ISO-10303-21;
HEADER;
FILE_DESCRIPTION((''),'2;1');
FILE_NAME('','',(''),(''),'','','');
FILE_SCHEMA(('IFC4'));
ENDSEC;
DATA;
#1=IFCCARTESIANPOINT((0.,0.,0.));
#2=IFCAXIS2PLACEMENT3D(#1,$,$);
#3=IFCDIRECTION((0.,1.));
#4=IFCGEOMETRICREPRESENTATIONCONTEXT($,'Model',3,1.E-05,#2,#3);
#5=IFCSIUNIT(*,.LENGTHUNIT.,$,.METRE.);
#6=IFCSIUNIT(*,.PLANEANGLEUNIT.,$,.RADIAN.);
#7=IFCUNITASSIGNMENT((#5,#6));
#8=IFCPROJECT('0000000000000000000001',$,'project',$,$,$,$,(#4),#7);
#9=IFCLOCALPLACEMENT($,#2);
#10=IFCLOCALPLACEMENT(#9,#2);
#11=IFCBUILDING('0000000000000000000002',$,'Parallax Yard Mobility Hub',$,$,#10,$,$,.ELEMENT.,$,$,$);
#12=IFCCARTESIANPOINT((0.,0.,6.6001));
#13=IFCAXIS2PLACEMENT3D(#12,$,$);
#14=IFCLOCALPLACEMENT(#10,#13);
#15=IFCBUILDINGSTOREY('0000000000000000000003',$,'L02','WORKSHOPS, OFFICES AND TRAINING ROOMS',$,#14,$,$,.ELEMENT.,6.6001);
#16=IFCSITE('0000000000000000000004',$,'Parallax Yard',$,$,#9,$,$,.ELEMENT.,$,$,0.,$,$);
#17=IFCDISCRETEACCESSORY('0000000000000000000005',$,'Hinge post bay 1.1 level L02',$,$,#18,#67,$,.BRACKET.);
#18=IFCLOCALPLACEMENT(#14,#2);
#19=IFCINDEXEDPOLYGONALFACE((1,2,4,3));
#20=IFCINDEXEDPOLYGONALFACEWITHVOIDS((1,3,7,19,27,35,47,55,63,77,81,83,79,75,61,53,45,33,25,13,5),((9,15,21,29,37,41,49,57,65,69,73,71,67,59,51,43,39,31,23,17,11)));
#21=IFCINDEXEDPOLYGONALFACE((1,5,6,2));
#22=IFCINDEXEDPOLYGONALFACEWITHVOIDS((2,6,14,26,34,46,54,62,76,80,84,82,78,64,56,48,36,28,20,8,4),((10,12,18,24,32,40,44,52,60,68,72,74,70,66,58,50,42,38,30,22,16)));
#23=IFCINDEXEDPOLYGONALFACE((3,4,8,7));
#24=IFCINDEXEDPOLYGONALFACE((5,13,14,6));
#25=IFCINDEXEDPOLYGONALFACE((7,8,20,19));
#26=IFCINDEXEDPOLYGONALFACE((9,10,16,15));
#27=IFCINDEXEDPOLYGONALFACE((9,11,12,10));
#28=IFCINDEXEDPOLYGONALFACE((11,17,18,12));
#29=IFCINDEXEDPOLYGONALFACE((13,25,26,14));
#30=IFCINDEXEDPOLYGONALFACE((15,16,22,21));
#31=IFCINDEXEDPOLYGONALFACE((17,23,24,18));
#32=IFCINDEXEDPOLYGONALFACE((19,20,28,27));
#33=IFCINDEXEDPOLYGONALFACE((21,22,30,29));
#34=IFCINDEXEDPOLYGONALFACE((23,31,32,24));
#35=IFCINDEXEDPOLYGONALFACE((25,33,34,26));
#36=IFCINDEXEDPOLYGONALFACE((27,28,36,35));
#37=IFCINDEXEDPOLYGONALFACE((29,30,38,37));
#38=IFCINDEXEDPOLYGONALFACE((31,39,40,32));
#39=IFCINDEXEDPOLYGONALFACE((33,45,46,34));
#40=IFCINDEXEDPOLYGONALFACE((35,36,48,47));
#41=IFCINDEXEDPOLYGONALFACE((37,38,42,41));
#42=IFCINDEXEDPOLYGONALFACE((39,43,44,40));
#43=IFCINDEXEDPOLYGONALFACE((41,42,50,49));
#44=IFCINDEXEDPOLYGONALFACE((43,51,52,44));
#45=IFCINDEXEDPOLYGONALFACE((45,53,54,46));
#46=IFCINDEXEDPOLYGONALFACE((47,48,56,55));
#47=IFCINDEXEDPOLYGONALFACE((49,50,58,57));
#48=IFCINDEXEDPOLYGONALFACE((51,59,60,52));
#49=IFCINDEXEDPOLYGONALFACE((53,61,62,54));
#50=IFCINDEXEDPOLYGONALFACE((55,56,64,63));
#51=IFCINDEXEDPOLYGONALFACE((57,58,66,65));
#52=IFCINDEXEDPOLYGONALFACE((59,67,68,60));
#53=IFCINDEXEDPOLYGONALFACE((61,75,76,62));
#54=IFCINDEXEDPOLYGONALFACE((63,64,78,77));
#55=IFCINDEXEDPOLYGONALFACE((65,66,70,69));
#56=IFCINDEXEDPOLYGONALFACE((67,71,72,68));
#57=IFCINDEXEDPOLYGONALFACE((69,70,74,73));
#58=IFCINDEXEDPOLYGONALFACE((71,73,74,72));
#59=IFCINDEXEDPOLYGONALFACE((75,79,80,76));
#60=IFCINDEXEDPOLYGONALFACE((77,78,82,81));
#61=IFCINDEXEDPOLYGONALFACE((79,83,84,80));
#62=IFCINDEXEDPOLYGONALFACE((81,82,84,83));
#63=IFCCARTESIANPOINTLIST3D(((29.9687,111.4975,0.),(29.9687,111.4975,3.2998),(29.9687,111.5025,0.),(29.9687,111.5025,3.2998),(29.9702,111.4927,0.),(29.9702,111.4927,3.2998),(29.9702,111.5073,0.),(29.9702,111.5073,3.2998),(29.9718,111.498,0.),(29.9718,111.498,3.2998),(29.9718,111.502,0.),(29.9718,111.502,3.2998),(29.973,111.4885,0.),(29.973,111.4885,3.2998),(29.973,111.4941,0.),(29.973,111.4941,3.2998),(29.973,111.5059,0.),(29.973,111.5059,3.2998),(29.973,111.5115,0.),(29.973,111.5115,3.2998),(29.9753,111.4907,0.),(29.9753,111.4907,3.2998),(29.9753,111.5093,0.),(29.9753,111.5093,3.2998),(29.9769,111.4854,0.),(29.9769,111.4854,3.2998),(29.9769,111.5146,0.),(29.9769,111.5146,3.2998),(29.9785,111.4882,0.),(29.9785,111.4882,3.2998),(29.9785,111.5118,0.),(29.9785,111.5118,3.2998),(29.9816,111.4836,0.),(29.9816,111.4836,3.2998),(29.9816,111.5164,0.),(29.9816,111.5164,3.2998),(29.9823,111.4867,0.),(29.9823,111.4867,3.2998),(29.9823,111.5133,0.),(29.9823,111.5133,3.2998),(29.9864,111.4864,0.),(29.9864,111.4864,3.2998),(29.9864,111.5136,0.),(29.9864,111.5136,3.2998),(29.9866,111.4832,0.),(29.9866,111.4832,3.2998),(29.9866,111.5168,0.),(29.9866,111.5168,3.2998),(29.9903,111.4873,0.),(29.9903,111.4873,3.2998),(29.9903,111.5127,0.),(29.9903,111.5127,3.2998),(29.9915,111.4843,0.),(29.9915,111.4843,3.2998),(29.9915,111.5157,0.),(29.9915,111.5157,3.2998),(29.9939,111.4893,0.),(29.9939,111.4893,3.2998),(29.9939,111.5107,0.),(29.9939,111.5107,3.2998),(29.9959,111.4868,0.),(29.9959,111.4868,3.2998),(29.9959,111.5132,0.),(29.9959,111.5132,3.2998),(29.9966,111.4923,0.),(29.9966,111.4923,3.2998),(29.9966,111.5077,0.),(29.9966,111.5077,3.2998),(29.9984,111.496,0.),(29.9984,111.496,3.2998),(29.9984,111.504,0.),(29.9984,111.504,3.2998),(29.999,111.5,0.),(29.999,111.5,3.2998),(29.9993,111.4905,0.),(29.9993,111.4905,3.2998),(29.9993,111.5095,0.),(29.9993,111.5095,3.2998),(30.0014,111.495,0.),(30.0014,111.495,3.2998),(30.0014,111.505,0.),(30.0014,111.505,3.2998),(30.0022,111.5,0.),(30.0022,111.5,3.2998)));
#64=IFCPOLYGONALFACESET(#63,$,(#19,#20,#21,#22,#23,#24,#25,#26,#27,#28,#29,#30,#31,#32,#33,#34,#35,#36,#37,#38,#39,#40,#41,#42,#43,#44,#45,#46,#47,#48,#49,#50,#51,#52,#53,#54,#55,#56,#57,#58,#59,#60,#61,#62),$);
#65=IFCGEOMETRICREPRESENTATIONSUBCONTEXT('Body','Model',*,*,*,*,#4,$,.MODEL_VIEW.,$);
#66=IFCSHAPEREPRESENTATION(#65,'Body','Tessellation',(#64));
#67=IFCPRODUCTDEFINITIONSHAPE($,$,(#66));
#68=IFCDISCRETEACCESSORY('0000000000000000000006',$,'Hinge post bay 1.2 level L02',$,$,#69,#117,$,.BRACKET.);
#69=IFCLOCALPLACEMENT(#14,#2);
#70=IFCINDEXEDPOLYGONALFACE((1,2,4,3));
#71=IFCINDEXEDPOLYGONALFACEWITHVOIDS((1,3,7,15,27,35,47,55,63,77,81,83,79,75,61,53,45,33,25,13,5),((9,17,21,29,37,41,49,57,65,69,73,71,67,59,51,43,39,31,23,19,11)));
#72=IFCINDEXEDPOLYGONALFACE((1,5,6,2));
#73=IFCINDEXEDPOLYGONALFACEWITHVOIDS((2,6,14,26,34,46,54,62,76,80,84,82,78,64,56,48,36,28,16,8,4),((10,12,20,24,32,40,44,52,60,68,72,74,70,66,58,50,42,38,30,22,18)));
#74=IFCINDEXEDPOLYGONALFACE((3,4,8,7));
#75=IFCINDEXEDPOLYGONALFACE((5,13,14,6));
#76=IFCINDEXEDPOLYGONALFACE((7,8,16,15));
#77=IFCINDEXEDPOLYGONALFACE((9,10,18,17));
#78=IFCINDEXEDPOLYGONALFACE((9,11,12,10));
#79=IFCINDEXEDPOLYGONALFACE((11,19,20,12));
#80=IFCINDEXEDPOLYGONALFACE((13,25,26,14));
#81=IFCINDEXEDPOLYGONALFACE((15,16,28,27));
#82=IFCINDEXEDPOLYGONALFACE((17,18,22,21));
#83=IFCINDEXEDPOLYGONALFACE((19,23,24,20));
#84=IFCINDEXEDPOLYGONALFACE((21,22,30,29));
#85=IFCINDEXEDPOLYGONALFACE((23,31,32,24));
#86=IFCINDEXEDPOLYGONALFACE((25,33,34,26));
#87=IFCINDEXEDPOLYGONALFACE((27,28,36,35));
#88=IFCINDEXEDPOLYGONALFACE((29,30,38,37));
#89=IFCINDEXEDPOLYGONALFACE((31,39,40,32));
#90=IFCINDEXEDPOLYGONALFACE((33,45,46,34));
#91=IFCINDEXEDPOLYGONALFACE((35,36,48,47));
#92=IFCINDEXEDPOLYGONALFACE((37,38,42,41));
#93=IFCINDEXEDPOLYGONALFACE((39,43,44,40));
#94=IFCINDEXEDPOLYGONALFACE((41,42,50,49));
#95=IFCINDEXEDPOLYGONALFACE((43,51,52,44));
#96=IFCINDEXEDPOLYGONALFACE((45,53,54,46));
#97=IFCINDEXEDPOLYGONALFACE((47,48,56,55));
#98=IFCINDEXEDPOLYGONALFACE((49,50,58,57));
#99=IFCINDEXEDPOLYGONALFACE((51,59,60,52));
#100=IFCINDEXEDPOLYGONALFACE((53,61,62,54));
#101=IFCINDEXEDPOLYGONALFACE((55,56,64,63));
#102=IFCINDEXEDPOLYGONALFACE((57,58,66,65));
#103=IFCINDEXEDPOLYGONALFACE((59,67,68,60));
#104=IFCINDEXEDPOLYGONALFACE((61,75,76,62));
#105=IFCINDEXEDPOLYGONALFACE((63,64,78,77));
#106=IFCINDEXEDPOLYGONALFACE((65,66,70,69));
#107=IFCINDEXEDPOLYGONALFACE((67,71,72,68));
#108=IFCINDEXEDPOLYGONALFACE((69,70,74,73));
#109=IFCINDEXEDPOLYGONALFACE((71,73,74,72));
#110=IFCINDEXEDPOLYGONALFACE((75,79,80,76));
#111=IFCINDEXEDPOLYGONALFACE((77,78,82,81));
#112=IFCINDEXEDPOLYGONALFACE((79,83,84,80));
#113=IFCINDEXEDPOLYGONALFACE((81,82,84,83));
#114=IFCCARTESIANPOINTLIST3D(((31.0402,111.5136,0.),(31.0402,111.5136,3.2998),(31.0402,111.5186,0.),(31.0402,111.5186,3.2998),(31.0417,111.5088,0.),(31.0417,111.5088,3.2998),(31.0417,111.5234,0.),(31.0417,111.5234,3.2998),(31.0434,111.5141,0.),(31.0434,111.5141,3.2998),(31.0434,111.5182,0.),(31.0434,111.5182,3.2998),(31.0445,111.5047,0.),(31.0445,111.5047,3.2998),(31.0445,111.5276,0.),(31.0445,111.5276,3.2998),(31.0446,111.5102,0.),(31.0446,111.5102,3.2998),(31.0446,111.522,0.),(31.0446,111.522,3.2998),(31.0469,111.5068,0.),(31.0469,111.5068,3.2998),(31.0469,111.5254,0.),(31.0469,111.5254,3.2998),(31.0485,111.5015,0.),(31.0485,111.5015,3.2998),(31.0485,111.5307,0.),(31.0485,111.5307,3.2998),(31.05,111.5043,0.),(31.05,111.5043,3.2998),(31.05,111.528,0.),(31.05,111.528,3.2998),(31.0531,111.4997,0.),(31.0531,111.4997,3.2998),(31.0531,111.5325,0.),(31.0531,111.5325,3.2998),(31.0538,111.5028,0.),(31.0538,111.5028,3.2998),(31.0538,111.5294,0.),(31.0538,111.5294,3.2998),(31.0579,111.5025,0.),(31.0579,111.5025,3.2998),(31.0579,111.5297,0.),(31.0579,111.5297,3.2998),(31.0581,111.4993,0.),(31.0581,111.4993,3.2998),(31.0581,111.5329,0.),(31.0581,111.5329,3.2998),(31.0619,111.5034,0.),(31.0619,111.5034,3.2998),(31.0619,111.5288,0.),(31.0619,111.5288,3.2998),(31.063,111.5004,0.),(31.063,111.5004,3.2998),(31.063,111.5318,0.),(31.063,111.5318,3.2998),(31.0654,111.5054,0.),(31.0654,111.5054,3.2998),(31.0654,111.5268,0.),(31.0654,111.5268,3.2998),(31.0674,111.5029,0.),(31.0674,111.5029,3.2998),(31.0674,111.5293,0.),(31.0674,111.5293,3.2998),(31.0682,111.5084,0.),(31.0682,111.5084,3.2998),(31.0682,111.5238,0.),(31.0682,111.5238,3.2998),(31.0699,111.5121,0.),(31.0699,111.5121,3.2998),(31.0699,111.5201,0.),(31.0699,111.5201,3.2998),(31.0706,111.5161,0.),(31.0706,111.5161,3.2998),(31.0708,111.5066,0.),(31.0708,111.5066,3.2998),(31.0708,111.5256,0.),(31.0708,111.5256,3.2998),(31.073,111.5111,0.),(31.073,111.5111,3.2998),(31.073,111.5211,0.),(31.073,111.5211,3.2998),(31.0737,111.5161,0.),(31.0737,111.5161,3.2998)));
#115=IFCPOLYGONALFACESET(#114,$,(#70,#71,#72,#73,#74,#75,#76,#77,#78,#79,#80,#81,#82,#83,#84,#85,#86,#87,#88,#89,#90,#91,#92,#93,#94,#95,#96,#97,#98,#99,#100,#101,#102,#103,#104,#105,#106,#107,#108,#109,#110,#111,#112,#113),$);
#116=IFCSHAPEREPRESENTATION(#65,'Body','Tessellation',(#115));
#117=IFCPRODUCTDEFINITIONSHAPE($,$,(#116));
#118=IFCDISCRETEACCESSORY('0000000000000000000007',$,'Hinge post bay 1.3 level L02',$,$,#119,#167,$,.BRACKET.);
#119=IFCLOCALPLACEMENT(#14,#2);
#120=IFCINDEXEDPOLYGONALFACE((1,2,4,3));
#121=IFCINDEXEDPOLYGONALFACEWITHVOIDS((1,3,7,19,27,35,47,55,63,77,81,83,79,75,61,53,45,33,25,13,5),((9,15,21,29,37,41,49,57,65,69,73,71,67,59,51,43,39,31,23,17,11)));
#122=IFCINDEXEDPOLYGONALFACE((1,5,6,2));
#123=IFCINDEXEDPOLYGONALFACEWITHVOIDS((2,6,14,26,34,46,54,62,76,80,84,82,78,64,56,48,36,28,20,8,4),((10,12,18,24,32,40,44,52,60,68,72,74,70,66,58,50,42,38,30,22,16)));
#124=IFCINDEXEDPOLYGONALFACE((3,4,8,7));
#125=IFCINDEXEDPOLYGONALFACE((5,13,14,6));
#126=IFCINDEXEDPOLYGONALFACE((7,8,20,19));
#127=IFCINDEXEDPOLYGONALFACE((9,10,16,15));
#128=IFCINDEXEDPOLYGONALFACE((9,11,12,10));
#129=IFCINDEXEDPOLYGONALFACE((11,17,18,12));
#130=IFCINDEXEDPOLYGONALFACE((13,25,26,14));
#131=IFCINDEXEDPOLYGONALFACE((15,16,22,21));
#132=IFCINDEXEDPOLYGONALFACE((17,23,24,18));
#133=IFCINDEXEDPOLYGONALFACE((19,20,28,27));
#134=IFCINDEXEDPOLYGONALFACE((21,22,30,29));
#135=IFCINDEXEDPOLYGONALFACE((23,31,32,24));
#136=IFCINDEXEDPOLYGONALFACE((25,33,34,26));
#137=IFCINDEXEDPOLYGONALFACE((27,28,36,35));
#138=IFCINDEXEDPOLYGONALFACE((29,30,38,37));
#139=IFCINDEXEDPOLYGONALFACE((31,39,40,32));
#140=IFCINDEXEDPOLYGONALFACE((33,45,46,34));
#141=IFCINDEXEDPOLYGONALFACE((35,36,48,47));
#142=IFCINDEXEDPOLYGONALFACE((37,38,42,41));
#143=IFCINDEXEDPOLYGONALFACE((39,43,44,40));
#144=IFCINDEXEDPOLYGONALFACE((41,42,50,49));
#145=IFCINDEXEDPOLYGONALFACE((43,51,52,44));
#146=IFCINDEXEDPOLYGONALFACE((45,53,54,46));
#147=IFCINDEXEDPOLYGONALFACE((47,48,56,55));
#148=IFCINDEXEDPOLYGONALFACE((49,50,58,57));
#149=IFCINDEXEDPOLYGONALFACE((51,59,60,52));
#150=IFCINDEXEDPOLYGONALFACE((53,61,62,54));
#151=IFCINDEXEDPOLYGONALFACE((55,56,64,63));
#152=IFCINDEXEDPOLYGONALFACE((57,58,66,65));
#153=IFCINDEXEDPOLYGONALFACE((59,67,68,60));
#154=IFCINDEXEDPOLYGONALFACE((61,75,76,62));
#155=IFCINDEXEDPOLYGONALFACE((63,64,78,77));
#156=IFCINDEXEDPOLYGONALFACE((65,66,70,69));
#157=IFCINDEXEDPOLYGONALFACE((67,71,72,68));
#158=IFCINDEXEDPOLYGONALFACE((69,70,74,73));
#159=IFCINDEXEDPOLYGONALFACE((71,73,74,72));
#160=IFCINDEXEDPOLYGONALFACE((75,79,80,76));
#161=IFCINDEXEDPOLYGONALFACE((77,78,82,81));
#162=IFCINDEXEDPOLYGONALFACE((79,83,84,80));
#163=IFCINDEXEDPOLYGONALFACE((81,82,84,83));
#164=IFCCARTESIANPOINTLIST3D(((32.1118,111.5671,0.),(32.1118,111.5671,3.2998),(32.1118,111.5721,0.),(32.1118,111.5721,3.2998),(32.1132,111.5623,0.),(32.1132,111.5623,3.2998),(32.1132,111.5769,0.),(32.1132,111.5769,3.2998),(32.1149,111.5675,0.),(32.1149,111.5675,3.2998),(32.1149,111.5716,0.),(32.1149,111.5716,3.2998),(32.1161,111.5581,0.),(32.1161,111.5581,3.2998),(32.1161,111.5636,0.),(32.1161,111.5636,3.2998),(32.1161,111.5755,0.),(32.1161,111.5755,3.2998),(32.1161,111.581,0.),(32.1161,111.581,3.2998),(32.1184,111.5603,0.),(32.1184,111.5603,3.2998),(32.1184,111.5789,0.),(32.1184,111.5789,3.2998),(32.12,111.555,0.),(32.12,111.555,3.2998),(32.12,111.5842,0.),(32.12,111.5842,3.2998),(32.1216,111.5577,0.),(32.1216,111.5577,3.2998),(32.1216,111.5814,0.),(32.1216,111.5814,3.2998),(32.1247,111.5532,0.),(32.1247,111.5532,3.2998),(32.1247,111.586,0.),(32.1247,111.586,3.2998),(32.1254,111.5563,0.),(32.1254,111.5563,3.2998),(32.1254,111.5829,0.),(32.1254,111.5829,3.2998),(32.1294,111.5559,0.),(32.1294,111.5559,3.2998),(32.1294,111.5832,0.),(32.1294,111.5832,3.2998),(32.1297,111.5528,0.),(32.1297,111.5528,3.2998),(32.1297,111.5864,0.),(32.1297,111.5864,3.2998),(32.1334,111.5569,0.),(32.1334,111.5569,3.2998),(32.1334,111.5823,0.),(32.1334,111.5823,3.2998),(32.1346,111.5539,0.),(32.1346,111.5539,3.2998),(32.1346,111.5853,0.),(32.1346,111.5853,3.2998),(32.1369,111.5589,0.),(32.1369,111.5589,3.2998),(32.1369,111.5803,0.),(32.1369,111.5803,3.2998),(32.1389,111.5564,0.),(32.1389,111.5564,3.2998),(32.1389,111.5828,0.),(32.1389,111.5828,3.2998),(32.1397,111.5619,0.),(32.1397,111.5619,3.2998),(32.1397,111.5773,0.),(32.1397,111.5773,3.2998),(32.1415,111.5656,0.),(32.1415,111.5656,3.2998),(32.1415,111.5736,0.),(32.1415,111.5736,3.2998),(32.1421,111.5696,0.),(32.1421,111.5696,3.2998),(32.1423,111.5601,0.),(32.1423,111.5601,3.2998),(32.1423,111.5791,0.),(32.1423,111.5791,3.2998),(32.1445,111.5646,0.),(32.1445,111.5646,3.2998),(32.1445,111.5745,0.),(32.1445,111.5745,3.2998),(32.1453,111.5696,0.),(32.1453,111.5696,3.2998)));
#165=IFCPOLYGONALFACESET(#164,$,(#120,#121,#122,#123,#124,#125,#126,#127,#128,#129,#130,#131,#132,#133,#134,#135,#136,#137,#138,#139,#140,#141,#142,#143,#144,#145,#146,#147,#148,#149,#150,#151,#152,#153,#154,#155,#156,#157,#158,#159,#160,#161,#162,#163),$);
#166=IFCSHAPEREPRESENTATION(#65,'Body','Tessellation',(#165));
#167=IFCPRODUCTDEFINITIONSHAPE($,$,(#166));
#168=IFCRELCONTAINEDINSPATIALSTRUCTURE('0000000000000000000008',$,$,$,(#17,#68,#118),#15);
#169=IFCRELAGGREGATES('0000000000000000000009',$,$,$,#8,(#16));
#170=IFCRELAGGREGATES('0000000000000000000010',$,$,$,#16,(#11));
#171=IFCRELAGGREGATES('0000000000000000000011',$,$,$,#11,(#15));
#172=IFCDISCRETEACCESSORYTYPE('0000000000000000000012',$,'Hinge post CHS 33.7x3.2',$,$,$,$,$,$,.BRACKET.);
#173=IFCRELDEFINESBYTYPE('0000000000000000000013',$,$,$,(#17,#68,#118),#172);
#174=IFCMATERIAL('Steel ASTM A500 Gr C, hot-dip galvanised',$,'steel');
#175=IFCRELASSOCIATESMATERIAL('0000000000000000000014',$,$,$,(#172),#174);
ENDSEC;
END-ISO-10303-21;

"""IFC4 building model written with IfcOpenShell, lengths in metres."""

from ifc_helpers import new_model, si_unit, direction, frame, origin, origin_2d, place, context, subcontext, project, spatial, hollow_circle, extrude, material, material_profile, profile_set, type_object, element, save


model = new_model("IFC4")

# Units and contexts
model_context = context("Model", 3, precision=1e-05, world=origin(), true_north=direction((0.0, 1.0)))
body_context = subcontext(model_context, "Body", "Model", "MODEL_VIEW")
ifc_project = project(units=[si_unit("LENGTHUNIT", "METRE"), si_unit("PLANEANGLEUNIT", "RADIAN")], contexts=[model_context])

# Site, building, storey
site_placement = place(None, origin())
site = spatial("IfcSite", under=ifc_project, at=site_placement, Name="Parallax Yard", CompositionType="ELEMENT", RefElevation=0.0)
building_placement = place(site_placement, origin())
building = spatial("IfcBuilding", under=site, at=building_placement, Name="Parallax Yard Mobility Hub", CompositionType="ELEMENT")
storey_placement = place(building_placement, frame((0.0, 0.0, 6.6001)))
storey = spatial("IfcBuildingStorey", under=building, at=storey_placement, Name="L02", Description="WORKSHOPS, OFFICES AND TRAINING ROOMS", CompositionType="ELEMENT", Elevation=6.6001)

# Discrete accessories
ifc_material_1 = material(Name="Steel ASTM A500 Gr C, hot-dip galvanised", Category="steel")
ifc_material_profile = material_profile(ifc_material_1, hollow_circle(Radius=0.0168, WallThickness=0.0032, at=origin_2d()), Name="CHS 33.7x3.2")
ifc_profile_set = profile_set([ifc_material_profile], Name="Steel ASTM A500 Gr C, hot-dip galvanised")
discrete_accessory_type = type_object("IfcDiscreteAccessoryType", Name="Hinge post CHS 33.7x3.2", PredefinedType="BRACKET", material=ifc_profile_set)
for number, where, z_axis, x_axis, name in (
    (1, (29.9854, 111.5, 0.0), (0.0, 0.0, 1.0), (1.0, 0.0, 0.0), "Hinge post bay 1.1 level L02"),
    (2, (31.0569, 111.5161, 0.0), (0.0, 0.0, 1.0), (1.0, 0.0, 0.0), "Hinge post bay 1.2 level L02"),
    (3, (32.1284, 111.5696, 0.0), (0.0, 0.0, 1.0), (1.0, 0.0, 0.0), "Hinge post bay 1.3 level L02"),
):
    element("IfcDiscreteAccessory", number, at=place(storey_placement, frame(where, z_axis=z_axis, x_axis=x_axis)), inside=storey, type_object=discrete_accessory_type, Name=name, PredefinedType="BRACKET", context=body_context, shape_type="SweptSolid", body=[
        extrude(hollow_circle(Radius=0.0168, WallThickness=0.0032, at=origin_2d()), origin(), (0.0, 0.0, 1.0), 3.2998),
    ])

save(model, "model.ifc")
